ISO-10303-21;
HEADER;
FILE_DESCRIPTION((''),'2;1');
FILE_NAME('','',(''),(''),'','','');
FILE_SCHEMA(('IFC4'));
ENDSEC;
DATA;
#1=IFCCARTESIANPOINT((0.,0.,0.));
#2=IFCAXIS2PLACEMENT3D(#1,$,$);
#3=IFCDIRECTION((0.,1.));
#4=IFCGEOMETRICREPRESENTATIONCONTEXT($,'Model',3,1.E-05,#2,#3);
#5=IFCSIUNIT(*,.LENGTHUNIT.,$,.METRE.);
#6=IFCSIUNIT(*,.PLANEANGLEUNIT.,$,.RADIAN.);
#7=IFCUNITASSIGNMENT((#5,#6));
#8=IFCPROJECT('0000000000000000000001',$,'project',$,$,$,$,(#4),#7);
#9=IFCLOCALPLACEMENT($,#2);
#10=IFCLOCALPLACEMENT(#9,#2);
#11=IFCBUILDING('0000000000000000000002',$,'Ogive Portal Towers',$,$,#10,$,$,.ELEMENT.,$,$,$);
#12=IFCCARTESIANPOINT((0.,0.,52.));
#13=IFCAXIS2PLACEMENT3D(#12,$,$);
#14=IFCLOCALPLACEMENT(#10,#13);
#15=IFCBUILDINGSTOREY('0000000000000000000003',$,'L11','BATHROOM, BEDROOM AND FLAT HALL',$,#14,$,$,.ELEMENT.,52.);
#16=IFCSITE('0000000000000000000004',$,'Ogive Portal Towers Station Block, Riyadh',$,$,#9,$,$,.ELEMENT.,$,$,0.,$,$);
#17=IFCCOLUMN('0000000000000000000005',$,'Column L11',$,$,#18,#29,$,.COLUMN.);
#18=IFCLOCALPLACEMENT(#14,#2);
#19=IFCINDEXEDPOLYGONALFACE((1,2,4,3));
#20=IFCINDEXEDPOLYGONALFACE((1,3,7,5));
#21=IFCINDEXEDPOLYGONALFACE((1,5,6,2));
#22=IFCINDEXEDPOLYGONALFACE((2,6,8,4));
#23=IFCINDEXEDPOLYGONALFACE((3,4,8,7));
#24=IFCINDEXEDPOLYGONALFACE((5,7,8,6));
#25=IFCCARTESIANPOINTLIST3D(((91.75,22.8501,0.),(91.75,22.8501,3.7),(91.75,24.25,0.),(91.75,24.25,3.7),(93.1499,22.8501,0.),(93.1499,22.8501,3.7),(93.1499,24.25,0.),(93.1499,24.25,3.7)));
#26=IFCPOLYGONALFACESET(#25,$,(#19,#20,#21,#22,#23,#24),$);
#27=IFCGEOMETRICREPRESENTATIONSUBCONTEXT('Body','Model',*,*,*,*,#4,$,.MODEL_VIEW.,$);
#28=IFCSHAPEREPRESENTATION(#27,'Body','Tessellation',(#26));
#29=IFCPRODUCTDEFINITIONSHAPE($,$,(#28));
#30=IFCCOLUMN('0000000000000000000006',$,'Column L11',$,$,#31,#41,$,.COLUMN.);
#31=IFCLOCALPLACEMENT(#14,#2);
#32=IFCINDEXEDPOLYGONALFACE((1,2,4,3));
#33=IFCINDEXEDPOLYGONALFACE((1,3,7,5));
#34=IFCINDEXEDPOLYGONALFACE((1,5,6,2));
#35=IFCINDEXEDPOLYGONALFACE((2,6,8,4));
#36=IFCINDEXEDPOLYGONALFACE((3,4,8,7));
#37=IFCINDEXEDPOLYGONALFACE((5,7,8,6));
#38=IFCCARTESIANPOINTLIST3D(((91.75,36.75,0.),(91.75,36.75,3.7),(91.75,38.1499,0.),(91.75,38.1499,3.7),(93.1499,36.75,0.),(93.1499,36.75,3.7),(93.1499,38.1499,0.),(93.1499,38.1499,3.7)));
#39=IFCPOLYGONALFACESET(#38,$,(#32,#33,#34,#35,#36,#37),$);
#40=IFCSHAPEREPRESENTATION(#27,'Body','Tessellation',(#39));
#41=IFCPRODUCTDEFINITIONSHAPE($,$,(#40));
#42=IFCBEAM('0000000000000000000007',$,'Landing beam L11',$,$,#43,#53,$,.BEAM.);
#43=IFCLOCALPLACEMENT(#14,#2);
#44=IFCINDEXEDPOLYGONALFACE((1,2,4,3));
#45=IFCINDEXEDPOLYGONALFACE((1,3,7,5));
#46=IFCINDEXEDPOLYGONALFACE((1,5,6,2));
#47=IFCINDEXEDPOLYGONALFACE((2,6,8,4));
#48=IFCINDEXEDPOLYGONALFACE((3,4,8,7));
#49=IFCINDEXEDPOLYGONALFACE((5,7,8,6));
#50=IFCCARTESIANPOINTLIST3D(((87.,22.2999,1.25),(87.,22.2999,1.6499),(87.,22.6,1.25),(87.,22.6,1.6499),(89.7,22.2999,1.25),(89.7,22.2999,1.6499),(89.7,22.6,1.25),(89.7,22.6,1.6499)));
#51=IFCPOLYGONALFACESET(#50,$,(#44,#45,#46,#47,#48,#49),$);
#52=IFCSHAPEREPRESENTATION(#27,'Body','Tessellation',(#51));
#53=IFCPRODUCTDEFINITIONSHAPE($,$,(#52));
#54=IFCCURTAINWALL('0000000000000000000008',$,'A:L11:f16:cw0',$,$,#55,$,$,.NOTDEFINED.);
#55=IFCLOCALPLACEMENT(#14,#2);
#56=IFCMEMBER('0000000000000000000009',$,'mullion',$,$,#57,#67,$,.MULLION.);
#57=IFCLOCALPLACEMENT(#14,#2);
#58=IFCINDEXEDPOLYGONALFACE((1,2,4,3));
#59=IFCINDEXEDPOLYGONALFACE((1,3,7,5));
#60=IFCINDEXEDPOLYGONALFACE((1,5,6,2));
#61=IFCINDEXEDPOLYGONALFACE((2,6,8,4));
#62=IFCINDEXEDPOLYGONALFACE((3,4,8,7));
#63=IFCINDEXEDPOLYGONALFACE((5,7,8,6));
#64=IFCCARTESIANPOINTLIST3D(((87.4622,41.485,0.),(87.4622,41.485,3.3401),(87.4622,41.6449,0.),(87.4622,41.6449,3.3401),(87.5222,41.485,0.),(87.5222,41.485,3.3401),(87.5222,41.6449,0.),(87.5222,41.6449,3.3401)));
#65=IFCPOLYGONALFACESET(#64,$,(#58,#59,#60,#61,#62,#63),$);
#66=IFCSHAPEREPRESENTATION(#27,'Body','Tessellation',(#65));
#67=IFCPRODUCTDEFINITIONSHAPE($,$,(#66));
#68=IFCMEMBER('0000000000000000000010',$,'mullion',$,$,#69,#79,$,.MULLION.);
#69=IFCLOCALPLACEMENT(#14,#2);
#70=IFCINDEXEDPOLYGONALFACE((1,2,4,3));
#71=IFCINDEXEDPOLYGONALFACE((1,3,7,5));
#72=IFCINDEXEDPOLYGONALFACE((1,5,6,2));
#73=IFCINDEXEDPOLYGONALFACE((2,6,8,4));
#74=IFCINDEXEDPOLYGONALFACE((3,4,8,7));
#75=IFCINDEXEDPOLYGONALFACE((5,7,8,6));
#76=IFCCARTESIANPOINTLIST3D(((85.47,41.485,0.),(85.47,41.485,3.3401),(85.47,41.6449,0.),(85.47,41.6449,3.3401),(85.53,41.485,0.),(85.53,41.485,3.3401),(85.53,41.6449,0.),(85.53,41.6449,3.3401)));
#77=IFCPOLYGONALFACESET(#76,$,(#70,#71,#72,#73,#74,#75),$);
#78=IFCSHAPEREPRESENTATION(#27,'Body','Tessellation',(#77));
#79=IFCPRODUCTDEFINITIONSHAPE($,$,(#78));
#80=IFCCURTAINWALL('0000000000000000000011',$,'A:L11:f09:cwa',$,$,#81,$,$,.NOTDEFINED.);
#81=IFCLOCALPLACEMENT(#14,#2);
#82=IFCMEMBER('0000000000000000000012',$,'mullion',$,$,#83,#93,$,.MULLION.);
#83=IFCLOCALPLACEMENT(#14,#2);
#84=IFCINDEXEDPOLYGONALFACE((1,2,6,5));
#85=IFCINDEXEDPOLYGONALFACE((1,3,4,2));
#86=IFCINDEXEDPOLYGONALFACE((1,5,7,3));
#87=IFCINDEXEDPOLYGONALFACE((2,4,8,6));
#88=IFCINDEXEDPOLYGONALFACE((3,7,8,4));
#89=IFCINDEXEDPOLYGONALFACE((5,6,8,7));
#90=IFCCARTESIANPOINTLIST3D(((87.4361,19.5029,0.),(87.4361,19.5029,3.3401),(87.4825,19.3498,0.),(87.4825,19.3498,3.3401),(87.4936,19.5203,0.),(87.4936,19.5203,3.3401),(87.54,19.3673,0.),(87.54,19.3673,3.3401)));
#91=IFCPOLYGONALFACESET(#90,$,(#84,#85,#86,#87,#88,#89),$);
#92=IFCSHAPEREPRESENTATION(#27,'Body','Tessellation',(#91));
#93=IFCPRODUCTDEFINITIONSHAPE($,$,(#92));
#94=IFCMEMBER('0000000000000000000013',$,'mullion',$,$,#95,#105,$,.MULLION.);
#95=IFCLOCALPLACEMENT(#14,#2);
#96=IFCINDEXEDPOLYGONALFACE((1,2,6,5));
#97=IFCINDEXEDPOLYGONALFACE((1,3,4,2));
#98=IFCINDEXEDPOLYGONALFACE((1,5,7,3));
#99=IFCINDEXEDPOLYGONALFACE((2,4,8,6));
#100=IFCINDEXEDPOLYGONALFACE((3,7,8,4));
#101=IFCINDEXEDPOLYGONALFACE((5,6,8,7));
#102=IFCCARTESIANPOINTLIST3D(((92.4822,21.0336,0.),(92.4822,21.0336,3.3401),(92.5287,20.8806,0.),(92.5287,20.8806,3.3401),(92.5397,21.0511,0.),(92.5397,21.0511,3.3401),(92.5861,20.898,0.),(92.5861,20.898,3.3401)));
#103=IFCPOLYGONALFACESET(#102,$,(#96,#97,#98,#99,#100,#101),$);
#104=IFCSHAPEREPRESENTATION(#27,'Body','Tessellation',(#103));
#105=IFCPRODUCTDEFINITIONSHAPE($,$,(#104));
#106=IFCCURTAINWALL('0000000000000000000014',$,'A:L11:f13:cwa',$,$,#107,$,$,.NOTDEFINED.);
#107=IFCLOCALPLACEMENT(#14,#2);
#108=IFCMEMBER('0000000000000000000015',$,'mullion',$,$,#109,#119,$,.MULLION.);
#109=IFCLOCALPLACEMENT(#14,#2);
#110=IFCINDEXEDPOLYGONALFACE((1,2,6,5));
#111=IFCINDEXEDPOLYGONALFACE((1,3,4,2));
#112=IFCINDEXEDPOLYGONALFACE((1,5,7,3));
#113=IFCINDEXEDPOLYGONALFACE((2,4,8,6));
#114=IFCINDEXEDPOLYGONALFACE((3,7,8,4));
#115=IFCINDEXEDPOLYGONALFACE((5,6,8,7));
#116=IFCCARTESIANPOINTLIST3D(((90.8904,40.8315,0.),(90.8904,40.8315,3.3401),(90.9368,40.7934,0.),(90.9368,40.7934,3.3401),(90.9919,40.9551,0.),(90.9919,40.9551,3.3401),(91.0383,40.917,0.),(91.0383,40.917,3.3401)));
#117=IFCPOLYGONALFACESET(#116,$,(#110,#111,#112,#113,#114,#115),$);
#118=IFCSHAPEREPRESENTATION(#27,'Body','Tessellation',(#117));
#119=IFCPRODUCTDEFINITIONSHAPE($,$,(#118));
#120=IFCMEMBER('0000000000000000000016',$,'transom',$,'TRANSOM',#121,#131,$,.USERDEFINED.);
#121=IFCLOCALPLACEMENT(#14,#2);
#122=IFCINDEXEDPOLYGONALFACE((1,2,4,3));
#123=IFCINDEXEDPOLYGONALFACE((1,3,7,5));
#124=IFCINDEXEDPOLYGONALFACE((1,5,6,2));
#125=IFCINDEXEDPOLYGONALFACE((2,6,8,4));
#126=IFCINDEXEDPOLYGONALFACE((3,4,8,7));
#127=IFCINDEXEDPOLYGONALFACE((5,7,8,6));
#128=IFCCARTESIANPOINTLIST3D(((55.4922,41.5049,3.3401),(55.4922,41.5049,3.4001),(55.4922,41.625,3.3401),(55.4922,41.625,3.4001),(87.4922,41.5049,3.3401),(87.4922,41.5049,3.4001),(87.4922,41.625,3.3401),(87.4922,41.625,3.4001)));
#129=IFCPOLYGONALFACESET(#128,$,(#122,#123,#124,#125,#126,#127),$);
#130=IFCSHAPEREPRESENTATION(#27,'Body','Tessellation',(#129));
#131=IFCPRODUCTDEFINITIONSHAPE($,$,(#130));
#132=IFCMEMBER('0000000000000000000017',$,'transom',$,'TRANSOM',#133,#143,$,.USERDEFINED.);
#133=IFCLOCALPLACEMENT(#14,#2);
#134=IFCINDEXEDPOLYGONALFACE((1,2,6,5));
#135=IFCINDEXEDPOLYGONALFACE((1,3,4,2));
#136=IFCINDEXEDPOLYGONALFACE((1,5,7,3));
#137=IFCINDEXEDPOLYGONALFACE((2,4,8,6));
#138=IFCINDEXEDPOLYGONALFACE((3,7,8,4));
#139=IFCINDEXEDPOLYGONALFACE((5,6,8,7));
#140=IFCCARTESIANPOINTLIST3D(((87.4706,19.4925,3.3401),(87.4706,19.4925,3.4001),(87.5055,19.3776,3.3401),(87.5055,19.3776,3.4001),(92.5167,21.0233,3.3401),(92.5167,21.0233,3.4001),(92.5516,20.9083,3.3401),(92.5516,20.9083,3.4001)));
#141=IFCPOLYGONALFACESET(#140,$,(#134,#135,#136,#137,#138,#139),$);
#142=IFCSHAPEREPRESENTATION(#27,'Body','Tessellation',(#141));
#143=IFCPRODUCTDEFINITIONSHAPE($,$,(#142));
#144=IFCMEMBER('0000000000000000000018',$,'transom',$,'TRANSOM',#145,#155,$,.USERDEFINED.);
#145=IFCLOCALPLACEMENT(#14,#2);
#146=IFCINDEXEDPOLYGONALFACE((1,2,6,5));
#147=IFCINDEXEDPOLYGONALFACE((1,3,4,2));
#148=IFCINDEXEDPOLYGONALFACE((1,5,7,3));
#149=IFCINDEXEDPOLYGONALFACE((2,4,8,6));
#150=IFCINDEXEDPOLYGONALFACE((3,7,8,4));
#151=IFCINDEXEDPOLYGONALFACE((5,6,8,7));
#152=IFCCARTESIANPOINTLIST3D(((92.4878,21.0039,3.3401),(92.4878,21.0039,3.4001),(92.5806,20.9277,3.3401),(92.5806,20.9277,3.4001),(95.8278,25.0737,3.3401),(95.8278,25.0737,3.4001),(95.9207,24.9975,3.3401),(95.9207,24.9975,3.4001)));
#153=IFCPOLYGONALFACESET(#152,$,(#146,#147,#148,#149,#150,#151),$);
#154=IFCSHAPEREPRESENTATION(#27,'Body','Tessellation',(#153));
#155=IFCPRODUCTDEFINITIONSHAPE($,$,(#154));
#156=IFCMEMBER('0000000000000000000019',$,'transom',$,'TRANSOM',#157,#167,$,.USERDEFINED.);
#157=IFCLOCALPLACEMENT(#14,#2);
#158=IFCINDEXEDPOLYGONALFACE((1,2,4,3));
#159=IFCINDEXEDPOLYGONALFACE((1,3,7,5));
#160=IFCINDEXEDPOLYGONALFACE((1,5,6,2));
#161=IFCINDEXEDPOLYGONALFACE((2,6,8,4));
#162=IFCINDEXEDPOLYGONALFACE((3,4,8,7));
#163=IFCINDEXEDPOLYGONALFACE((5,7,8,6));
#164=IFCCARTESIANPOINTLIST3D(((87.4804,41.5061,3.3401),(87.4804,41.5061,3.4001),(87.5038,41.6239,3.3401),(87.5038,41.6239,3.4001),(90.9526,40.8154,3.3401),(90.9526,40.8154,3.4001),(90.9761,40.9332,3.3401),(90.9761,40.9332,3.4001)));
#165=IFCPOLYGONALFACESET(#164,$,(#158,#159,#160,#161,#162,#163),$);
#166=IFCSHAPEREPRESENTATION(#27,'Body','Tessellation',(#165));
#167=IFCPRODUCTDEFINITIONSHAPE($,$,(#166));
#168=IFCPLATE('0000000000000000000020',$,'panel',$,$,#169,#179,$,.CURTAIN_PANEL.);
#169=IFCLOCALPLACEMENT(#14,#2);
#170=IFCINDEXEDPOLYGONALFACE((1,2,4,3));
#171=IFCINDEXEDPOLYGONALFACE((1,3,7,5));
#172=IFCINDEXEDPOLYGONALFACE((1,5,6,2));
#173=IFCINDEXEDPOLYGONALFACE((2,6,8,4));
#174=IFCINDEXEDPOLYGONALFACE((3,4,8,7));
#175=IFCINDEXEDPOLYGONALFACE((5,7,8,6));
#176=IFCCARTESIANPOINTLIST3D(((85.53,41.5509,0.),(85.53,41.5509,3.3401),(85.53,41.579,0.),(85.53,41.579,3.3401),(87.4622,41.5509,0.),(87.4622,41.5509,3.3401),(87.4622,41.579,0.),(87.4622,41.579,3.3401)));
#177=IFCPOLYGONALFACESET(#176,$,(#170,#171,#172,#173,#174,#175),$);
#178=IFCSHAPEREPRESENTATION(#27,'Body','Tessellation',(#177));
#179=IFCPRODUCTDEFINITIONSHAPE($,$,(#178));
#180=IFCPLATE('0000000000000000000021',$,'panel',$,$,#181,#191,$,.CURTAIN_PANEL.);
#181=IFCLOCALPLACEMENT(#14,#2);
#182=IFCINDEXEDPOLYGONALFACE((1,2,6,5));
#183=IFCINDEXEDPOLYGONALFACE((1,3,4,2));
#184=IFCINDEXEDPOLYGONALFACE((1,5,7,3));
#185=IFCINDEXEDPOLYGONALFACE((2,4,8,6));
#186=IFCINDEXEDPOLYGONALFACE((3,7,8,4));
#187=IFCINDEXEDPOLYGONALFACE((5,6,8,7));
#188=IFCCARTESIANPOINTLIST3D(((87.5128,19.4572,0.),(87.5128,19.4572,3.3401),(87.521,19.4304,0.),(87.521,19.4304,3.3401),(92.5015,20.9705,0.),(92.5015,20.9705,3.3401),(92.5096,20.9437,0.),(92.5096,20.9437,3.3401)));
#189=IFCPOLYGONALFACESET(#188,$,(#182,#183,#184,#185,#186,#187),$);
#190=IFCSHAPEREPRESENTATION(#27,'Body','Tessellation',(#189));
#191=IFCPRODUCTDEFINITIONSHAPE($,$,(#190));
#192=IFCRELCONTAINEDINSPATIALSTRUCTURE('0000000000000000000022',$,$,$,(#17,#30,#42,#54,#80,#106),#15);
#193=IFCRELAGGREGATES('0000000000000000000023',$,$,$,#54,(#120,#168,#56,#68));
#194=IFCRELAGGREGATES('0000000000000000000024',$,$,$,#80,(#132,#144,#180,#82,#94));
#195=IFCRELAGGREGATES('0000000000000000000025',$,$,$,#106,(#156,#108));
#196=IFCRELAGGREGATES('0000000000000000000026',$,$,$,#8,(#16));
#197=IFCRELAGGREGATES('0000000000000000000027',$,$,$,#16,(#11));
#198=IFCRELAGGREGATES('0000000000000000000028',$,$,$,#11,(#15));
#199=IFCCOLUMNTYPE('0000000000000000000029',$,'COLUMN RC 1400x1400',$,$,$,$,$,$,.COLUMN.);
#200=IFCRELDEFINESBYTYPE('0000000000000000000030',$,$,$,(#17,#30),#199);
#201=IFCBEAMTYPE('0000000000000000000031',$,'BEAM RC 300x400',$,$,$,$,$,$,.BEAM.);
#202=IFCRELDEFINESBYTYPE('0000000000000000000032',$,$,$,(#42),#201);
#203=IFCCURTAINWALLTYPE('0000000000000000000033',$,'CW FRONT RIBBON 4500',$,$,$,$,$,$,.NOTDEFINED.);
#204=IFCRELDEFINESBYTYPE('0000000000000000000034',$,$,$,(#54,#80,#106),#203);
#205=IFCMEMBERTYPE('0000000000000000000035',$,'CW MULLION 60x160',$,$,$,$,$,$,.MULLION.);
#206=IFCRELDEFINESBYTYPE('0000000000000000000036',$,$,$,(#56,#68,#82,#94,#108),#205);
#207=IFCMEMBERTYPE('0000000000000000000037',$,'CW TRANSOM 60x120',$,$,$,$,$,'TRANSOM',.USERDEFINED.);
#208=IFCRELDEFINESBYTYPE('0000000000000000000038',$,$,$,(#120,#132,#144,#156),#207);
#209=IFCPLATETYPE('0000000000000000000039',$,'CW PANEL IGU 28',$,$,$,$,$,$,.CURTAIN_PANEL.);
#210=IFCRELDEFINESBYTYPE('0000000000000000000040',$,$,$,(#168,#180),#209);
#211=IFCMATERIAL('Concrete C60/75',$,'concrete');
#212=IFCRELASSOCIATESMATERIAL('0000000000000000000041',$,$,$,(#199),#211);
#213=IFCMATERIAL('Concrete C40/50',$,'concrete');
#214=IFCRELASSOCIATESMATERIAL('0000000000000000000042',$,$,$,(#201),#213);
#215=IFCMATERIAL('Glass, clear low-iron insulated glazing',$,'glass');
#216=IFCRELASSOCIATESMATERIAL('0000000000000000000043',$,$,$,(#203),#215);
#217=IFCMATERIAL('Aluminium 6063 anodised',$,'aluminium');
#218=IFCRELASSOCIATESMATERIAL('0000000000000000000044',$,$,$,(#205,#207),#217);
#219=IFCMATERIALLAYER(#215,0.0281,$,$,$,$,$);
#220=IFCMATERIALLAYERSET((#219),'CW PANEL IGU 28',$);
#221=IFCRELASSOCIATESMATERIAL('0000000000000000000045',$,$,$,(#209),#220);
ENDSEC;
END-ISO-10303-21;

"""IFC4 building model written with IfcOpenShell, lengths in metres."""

from ifc_helpers import new_model, si_unit, direction, frame, origin, origin_2d, place, context, subcontext, project, spatial, rectangle, extrude, material, layer, layer_set, material_profile, profile_set, type_object, element, aggregate, save


model = new_model("IFC4")

# Units and contexts
model_context = context("Model", 3, precision=1e-05, world=origin(), true_north=direction((0.0, 1.0)))
body_context = subcontext(model_context, "Body", "Model", "MODEL_VIEW")
ifc_project = project(units=[si_unit("LENGTHUNIT", "METRE"), si_unit("PLANEANGLEUNIT", "RADIAN")], contexts=[model_context])

# Site, building, storey
site_placement = place(None, origin())
site = spatial("IfcSite", under=ifc_project, at=site_placement, Name="Ogive Portal Towers Station Block, Riyadh", CompositionType="ELEMENT", RefElevation=0.0)
building_placement = place(site_placement, origin())
building = spatial("IfcBuilding", under=site, at=building_placement, Name="Ogive Portal Towers", CompositionType="ELEMENT")
storey_placement = place(building_placement, frame((0.0, 0.0, 52.0)))
storey = spatial("IfcBuildingStorey", under=building, at=storey_placement, Name="L11", Description="BATHROOM, BEDROOM AND FLAT HALL", CompositionType="ELEMENT", Elevation=52.0)

# Columns
ifc_material_1 = material(Name="Concrete C60/75", Category="concrete")
ifc_material_profile_1 = material_profile(ifc_material_1, rectangle(XDim=1.3999, YDim=1.3999, at=origin_2d()), Name="RC 1400x1400")
ifc_profile_set_1 = profile_set([ifc_material_profile_1], Name="Concrete C60/75")
column_type = type_object("IfcColumnType", Name="COLUMN RC 1400x1400", PredefinedType="COLUMN", material=ifc_profile_set_1)
for number, where, z_axis, x_axis, name in (
    (1, (92.45, 23.55, 0.0), (0.0, 0.0, 1.0), (1.0, 0.0, 0.0), "Column L11"),
    (2, (92.45, 37.45, 0.0), (0.0, 0.0, 1.0), (1.0, 0.0, 0.0), "Column L11"),
):
    element("IfcColumn", number, at=place(storey_placement, frame(where, z_axis=z_axis, x_axis=x_axis)), inside=storey, type_object=column_type, Name=name, PredefinedType="COLUMN", context=body_context, shape_type="SweptSolid", body=[
        extrude(rectangle(XDim=1.3999, YDim=1.3999, at=origin_2d()), origin(), (0.0, 0.0, 1.0), 3.7),
    ])

# Beam
ifc_material_2 = material(Name="Concrete C40/50", Category="concrete")
ifc_material_profile_2 = material_profile(ifc_material_2, rectangle(XDim=0.3, YDim=0.3999, at=origin_2d()), Name="RC 300x400")
ifc_profile_set_2 = profile_set([ifc_material_profile_2], Name="Concrete C40/50")
beam_type = type_object("IfcBeamType", Name="BEAM RC 300x400", PredefinedType="BEAM", material=ifc_profile_set_2)
beam_placement = place(storey_placement, frame((87.0, 22.45, 1.45), z_axis=(1.0, 0.0, 0.0), x_axis=(0.0, 1.0, 0.0)))
element("IfcBeam", 3, at=beam_placement, inside=storey, type_object=beam_type, Name="Landing beam L11", PredefinedType="BEAM", context=body_context, shape_type="SweptSolid", body=[
    extrude(rectangle(XDim=0.3, YDim=0.3999, at=origin_2d()), origin(), (0.0, 0.0, 1.0), 2.7),
])

# Curtain walls, members
ifc_material_3 = material(Name="Glass, clear low-iron insulated glazing", Category="glass")
curtain_wall_type = type_object("IfcCurtainWallType", Name="CW FRONT RIBBON 4500", PredefinedType="NOTDEFINED", material=ifc_material_3)
curtain_wall_1_placement = place(storey_placement, origin())
curtain_wall_1 = element("IfcCurtainWall", 4, at=curtain_wall_1_placement, inside=storey, type_object=curtain_wall_type, Name="A:L11:f16:cw0", PredefinedType="NOTDEFINED")
ifc_material_4 = material(Name="Aluminium 6063 anodised", Category="aluminium")
ifc_material_profile_3 = material_profile(ifc_material_4, rectangle(XDim=0.1599, YDim=0.0601, at=origin_2d()), Name="AL 60x160")
ifc_profile_set_3 = profile_set([ifc_material_profile_3], Name="Aluminium 6063 anodised")
member_type_1 = type_object("IfcMemberType", Name="CW MULLION 60x160", PredefinedType="MULLION", material=ifc_profile_set_3)
member_1_placement = place(storey_placement, frame((87.4922, 41.5649, 0.0), z_axis=(0.0, 0.0, 1.0), x_axis=(0.0, -1.0, 0.0)))
member_1 = element("IfcMember", 5, at=member_1_placement, type_object=member_type_1, Name="mullion", PredefinedType="MULLION", context=body_context, shape_type="SweptSolid", body=[
    extrude(rectangle(XDim=0.1599, YDim=0.0601, at=origin_2d()), origin(), (0.0, 0.0, 1.0), 3.3401),
])
member_2_placement = place(storey_placement, frame((85.5, 41.5649, 0.0), z_axis=(0.0, 0.0, 1.0), x_axis=(0.0, -1.0, 0.0)))
member_2 = element("IfcMember", 6, at=member_2_placement, type_object=member_type_1, Name="mullion", PredefinedType="MULLION", context=body_context, shape_type="SweptSolid", body=[
    extrude(rectangle(XDim=0.1599, YDim=0.0601, at=origin_2d()), origin(), (0.0, 0.0, 1.0), 3.3401),
])
curtain_wall_2_placement = place(storey_placement, origin())
curtain_wall_2 = element("IfcCurtainWall", 7, at=curtain_wall_2_placement, inside=storey, type_object=curtain_wall_type, Name="A:L11:f09:cwa", PredefinedType="NOTDEFINED")
member_3_placement = place(storey_placement, frame((87.488, 19.4351, 0.0), z_axis=(0.0, 0.0, 1.0), x_axis=(-0.290285, 0.95694, 0.0)))
member_3 = element("IfcMember", 8, at=member_3_placement, type_object=member_type_1, Name="mullion", PredefinedType="MULLION", context=body_context, shape_type="SweptSolid", body=[
    extrude(rectangle(XDim=0.1599, YDim=0.0601, at=origin_2d()), origin(), (0.0, 0.0, 1.0), 3.3401),
])
member_4_placement = place(storey_placement, frame((92.5342, 20.9658, 0.0), z_axis=(0.0, 0.0, 1.0), x_axis=(-0.290285, 0.95694, 0.0)))
member_4 = element("IfcMember", 9, at=member_4_placement, type_object=member_type_1, Name="mullion", PredefinedType="MULLION", context=body_context, shape_type="SweptSolid", body=[
    extrude(rectangle(XDim=0.1599, YDim=0.0601, at=origin_2d()), origin(), (0.0, 0.0, 1.0), 3.3401),
])

# Curtain wall, member
curtain_wall_3_placement = place(storey_placement, origin())
curtain_wall_3 = element("IfcCurtainWall", 10, at=curtain_wall_3_placement, inside=storey, type_object=curtain_wall_type, Name="A:L11:f13:cwa", PredefinedType="NOTDEFINED")
member_5_placement = place(storey_placement, frame((90.9644, 40.8743, 0.0), z_axis=(0.0, 0.0, 1.0), x_axis=(-0.634393, -0.77301, 0.0)))
member_5 = element("IfcMember", 11, at=member_5_placement, type_object=member_type_1, Name="mullion", PredefinedType="MULLION", context=body_context, shape_type="SweptSolid", body=[
    extrude(rectangle(XDim=0.1599, YDim=0.0601, at=origin_2d()), origin(), (0.0, 0.0, 1.0), 3.3401),
])

# Members
ifc_material_profile_4 = material_profile(ifc_material_4, rectangle(XDim=0.1201, YDim=0.0601, at=origin_2d()), Name="AL 120x60")
ifc_profile_set_4 = profile_set([ifc_material_profile_4], Name="Aluminium 6063 anodised")
member_type_2 = type_object("IfcMemberType", Name="CW TRANSOM 60x120", ElementType="TRANSOM", PredefinedType="USERDEFINED", material=ifc_profile_set_4)
member_6_placement = place(storey_placement, frame((87.4922, 41.5649, 3.3701), z_axis=(-1.0, 0.0, 0.0), x_axis=(0.0, -1.0, 0.0)))
member_6 = element("IfcMember", 12, at=member_6_placement, type_object=member_type_2, Name="transom", ObjectType="TRANSOM", PredefinedType="USERDEFINED", context=body_context, shape_type="SweptSolid", body=[
    extrude(rectangle(XDim=0.1201, YDim=0.0601, at=origin_2d()), origin(), (0.0, 0.0, 1.0), 32.0),
])
member_7_placement = place(storey_placement, frame((87.488, 19.4351, 3.3701), z_axis=(0.956939, 0.29029, 0.0), x_axis=(-0.29029, 0.956939, 0.0)))
member_7 = element("IfcMember", 13, at=member_7_placement, type_object=member_type_2, Name="transom", ObjectType="TRANSOM", PredefinedType="USERDEFINED", context=body_context, shape_type="SweptSolid", body=[
    extrude(rectangle(XDim=0.1201, YDim=0.0601, at=origin_2d()), origin(), (0.0, 0.0, 1.0), 5.2732),
])
member_8_placement = place(storey_placement, frame((92.5342, 20.9658, 3.3701), z_axis=(0.634401, 0.773004, 0.0), x_axis=(-0.773004, 0.634401, 0.0)))
member_8 = element("IfcMember", 14, at=member_8_placement, type_object=member_type_2, Name="transom", ObjectType="TRANSOM", PredefinedType="USERDEFINED", context=body_context, shape_type="SweptSolid", body=[
    extrude(rectangle(XDim=0.1201, YDim=0.0601, at=origin_2d()), origin(), (0.0, 0.0, 1.0), 5.2649),
])
member_9_placement = place(storey_placement, frame((90.9644, 40.8743, 3.3701), z_axis=(-0.980784, 0.195095, 0.0), x_axis=(-0.195095, -0.980784, 0.0)))
member_9 = element("IfcMember", 15, at=member_9_placement, type_object=member_type_2, Name="transom", ObjectType="TRANSOM", PredefinedType="USERDEFINED", context=body_context, shape_type="SweptSolid", body=[
    extrude(rectangle(XDim=0.1201, YDim=0.0601, at=origin_2d()), origin(), (0.0, 0.0, 1.0), 3.5403),
])

# Plates
ifc_layer_1 = layer(ifc_material_3, 0.0281)
ifc_layer_set_1 = layer_set([ifc_layer_1], Name="CW PANEL IGU 28")
plate_type = type_object("IfcPlateType", Name="CW PANEL IGU 28", PredefinedType="CURTAIN_PANEL", material=ifc_layer_set_1)
plate_1_placement = place(storey_placement, frame((86.4961, 41.5649, 0.0), z_axis=(0.0, 0.0, 1.0), x_axis=(-1.0, 0.0, 0.0)))
plate_1 = element("IfcPlate", 16, at=plate_1_placement, type_object=plate_type, Name="panel", PredefinedType="CURTAIN_PANEL", context=body_context, shape_type="SweptSolid", body=[
    extrude(rectangle(XDim=1.9321, YDim=0.0281, at=origin_2d()), origin(), (0.0, 0.0, 1.0), 3.3401),
])
aggregate(curtain_wall_1, [member_6, plate_1, member_1, member_2])
plate_2_placement = place(storey_placement, frame((90.0112, 20.2004, 0.0), z_axis=(0.0, 0.0, 1.0), x_axis=(0.95694, 0.290285, 0.0)))
plate_2 = element("IfcPlate", 17, at=plate_2_placement, type_object=plate_type, Name="panel", PredefinedType="CURTAIN_PANEL", context=body_context, shape_type="SweptSolid", body=[
    extrude(rectangle(XDim=5.2131, YDim=0.0281, at=origin_2d()), origin(), (0.0, 0.0, 1.0), 3.3401),
])
aggregate(curtain_wall_2, [member_7, member_8, plate_2, member_3, member_4])
aggregate(curtain_wall_3, [member_9, member_5])

save(model, "model.ifc")
